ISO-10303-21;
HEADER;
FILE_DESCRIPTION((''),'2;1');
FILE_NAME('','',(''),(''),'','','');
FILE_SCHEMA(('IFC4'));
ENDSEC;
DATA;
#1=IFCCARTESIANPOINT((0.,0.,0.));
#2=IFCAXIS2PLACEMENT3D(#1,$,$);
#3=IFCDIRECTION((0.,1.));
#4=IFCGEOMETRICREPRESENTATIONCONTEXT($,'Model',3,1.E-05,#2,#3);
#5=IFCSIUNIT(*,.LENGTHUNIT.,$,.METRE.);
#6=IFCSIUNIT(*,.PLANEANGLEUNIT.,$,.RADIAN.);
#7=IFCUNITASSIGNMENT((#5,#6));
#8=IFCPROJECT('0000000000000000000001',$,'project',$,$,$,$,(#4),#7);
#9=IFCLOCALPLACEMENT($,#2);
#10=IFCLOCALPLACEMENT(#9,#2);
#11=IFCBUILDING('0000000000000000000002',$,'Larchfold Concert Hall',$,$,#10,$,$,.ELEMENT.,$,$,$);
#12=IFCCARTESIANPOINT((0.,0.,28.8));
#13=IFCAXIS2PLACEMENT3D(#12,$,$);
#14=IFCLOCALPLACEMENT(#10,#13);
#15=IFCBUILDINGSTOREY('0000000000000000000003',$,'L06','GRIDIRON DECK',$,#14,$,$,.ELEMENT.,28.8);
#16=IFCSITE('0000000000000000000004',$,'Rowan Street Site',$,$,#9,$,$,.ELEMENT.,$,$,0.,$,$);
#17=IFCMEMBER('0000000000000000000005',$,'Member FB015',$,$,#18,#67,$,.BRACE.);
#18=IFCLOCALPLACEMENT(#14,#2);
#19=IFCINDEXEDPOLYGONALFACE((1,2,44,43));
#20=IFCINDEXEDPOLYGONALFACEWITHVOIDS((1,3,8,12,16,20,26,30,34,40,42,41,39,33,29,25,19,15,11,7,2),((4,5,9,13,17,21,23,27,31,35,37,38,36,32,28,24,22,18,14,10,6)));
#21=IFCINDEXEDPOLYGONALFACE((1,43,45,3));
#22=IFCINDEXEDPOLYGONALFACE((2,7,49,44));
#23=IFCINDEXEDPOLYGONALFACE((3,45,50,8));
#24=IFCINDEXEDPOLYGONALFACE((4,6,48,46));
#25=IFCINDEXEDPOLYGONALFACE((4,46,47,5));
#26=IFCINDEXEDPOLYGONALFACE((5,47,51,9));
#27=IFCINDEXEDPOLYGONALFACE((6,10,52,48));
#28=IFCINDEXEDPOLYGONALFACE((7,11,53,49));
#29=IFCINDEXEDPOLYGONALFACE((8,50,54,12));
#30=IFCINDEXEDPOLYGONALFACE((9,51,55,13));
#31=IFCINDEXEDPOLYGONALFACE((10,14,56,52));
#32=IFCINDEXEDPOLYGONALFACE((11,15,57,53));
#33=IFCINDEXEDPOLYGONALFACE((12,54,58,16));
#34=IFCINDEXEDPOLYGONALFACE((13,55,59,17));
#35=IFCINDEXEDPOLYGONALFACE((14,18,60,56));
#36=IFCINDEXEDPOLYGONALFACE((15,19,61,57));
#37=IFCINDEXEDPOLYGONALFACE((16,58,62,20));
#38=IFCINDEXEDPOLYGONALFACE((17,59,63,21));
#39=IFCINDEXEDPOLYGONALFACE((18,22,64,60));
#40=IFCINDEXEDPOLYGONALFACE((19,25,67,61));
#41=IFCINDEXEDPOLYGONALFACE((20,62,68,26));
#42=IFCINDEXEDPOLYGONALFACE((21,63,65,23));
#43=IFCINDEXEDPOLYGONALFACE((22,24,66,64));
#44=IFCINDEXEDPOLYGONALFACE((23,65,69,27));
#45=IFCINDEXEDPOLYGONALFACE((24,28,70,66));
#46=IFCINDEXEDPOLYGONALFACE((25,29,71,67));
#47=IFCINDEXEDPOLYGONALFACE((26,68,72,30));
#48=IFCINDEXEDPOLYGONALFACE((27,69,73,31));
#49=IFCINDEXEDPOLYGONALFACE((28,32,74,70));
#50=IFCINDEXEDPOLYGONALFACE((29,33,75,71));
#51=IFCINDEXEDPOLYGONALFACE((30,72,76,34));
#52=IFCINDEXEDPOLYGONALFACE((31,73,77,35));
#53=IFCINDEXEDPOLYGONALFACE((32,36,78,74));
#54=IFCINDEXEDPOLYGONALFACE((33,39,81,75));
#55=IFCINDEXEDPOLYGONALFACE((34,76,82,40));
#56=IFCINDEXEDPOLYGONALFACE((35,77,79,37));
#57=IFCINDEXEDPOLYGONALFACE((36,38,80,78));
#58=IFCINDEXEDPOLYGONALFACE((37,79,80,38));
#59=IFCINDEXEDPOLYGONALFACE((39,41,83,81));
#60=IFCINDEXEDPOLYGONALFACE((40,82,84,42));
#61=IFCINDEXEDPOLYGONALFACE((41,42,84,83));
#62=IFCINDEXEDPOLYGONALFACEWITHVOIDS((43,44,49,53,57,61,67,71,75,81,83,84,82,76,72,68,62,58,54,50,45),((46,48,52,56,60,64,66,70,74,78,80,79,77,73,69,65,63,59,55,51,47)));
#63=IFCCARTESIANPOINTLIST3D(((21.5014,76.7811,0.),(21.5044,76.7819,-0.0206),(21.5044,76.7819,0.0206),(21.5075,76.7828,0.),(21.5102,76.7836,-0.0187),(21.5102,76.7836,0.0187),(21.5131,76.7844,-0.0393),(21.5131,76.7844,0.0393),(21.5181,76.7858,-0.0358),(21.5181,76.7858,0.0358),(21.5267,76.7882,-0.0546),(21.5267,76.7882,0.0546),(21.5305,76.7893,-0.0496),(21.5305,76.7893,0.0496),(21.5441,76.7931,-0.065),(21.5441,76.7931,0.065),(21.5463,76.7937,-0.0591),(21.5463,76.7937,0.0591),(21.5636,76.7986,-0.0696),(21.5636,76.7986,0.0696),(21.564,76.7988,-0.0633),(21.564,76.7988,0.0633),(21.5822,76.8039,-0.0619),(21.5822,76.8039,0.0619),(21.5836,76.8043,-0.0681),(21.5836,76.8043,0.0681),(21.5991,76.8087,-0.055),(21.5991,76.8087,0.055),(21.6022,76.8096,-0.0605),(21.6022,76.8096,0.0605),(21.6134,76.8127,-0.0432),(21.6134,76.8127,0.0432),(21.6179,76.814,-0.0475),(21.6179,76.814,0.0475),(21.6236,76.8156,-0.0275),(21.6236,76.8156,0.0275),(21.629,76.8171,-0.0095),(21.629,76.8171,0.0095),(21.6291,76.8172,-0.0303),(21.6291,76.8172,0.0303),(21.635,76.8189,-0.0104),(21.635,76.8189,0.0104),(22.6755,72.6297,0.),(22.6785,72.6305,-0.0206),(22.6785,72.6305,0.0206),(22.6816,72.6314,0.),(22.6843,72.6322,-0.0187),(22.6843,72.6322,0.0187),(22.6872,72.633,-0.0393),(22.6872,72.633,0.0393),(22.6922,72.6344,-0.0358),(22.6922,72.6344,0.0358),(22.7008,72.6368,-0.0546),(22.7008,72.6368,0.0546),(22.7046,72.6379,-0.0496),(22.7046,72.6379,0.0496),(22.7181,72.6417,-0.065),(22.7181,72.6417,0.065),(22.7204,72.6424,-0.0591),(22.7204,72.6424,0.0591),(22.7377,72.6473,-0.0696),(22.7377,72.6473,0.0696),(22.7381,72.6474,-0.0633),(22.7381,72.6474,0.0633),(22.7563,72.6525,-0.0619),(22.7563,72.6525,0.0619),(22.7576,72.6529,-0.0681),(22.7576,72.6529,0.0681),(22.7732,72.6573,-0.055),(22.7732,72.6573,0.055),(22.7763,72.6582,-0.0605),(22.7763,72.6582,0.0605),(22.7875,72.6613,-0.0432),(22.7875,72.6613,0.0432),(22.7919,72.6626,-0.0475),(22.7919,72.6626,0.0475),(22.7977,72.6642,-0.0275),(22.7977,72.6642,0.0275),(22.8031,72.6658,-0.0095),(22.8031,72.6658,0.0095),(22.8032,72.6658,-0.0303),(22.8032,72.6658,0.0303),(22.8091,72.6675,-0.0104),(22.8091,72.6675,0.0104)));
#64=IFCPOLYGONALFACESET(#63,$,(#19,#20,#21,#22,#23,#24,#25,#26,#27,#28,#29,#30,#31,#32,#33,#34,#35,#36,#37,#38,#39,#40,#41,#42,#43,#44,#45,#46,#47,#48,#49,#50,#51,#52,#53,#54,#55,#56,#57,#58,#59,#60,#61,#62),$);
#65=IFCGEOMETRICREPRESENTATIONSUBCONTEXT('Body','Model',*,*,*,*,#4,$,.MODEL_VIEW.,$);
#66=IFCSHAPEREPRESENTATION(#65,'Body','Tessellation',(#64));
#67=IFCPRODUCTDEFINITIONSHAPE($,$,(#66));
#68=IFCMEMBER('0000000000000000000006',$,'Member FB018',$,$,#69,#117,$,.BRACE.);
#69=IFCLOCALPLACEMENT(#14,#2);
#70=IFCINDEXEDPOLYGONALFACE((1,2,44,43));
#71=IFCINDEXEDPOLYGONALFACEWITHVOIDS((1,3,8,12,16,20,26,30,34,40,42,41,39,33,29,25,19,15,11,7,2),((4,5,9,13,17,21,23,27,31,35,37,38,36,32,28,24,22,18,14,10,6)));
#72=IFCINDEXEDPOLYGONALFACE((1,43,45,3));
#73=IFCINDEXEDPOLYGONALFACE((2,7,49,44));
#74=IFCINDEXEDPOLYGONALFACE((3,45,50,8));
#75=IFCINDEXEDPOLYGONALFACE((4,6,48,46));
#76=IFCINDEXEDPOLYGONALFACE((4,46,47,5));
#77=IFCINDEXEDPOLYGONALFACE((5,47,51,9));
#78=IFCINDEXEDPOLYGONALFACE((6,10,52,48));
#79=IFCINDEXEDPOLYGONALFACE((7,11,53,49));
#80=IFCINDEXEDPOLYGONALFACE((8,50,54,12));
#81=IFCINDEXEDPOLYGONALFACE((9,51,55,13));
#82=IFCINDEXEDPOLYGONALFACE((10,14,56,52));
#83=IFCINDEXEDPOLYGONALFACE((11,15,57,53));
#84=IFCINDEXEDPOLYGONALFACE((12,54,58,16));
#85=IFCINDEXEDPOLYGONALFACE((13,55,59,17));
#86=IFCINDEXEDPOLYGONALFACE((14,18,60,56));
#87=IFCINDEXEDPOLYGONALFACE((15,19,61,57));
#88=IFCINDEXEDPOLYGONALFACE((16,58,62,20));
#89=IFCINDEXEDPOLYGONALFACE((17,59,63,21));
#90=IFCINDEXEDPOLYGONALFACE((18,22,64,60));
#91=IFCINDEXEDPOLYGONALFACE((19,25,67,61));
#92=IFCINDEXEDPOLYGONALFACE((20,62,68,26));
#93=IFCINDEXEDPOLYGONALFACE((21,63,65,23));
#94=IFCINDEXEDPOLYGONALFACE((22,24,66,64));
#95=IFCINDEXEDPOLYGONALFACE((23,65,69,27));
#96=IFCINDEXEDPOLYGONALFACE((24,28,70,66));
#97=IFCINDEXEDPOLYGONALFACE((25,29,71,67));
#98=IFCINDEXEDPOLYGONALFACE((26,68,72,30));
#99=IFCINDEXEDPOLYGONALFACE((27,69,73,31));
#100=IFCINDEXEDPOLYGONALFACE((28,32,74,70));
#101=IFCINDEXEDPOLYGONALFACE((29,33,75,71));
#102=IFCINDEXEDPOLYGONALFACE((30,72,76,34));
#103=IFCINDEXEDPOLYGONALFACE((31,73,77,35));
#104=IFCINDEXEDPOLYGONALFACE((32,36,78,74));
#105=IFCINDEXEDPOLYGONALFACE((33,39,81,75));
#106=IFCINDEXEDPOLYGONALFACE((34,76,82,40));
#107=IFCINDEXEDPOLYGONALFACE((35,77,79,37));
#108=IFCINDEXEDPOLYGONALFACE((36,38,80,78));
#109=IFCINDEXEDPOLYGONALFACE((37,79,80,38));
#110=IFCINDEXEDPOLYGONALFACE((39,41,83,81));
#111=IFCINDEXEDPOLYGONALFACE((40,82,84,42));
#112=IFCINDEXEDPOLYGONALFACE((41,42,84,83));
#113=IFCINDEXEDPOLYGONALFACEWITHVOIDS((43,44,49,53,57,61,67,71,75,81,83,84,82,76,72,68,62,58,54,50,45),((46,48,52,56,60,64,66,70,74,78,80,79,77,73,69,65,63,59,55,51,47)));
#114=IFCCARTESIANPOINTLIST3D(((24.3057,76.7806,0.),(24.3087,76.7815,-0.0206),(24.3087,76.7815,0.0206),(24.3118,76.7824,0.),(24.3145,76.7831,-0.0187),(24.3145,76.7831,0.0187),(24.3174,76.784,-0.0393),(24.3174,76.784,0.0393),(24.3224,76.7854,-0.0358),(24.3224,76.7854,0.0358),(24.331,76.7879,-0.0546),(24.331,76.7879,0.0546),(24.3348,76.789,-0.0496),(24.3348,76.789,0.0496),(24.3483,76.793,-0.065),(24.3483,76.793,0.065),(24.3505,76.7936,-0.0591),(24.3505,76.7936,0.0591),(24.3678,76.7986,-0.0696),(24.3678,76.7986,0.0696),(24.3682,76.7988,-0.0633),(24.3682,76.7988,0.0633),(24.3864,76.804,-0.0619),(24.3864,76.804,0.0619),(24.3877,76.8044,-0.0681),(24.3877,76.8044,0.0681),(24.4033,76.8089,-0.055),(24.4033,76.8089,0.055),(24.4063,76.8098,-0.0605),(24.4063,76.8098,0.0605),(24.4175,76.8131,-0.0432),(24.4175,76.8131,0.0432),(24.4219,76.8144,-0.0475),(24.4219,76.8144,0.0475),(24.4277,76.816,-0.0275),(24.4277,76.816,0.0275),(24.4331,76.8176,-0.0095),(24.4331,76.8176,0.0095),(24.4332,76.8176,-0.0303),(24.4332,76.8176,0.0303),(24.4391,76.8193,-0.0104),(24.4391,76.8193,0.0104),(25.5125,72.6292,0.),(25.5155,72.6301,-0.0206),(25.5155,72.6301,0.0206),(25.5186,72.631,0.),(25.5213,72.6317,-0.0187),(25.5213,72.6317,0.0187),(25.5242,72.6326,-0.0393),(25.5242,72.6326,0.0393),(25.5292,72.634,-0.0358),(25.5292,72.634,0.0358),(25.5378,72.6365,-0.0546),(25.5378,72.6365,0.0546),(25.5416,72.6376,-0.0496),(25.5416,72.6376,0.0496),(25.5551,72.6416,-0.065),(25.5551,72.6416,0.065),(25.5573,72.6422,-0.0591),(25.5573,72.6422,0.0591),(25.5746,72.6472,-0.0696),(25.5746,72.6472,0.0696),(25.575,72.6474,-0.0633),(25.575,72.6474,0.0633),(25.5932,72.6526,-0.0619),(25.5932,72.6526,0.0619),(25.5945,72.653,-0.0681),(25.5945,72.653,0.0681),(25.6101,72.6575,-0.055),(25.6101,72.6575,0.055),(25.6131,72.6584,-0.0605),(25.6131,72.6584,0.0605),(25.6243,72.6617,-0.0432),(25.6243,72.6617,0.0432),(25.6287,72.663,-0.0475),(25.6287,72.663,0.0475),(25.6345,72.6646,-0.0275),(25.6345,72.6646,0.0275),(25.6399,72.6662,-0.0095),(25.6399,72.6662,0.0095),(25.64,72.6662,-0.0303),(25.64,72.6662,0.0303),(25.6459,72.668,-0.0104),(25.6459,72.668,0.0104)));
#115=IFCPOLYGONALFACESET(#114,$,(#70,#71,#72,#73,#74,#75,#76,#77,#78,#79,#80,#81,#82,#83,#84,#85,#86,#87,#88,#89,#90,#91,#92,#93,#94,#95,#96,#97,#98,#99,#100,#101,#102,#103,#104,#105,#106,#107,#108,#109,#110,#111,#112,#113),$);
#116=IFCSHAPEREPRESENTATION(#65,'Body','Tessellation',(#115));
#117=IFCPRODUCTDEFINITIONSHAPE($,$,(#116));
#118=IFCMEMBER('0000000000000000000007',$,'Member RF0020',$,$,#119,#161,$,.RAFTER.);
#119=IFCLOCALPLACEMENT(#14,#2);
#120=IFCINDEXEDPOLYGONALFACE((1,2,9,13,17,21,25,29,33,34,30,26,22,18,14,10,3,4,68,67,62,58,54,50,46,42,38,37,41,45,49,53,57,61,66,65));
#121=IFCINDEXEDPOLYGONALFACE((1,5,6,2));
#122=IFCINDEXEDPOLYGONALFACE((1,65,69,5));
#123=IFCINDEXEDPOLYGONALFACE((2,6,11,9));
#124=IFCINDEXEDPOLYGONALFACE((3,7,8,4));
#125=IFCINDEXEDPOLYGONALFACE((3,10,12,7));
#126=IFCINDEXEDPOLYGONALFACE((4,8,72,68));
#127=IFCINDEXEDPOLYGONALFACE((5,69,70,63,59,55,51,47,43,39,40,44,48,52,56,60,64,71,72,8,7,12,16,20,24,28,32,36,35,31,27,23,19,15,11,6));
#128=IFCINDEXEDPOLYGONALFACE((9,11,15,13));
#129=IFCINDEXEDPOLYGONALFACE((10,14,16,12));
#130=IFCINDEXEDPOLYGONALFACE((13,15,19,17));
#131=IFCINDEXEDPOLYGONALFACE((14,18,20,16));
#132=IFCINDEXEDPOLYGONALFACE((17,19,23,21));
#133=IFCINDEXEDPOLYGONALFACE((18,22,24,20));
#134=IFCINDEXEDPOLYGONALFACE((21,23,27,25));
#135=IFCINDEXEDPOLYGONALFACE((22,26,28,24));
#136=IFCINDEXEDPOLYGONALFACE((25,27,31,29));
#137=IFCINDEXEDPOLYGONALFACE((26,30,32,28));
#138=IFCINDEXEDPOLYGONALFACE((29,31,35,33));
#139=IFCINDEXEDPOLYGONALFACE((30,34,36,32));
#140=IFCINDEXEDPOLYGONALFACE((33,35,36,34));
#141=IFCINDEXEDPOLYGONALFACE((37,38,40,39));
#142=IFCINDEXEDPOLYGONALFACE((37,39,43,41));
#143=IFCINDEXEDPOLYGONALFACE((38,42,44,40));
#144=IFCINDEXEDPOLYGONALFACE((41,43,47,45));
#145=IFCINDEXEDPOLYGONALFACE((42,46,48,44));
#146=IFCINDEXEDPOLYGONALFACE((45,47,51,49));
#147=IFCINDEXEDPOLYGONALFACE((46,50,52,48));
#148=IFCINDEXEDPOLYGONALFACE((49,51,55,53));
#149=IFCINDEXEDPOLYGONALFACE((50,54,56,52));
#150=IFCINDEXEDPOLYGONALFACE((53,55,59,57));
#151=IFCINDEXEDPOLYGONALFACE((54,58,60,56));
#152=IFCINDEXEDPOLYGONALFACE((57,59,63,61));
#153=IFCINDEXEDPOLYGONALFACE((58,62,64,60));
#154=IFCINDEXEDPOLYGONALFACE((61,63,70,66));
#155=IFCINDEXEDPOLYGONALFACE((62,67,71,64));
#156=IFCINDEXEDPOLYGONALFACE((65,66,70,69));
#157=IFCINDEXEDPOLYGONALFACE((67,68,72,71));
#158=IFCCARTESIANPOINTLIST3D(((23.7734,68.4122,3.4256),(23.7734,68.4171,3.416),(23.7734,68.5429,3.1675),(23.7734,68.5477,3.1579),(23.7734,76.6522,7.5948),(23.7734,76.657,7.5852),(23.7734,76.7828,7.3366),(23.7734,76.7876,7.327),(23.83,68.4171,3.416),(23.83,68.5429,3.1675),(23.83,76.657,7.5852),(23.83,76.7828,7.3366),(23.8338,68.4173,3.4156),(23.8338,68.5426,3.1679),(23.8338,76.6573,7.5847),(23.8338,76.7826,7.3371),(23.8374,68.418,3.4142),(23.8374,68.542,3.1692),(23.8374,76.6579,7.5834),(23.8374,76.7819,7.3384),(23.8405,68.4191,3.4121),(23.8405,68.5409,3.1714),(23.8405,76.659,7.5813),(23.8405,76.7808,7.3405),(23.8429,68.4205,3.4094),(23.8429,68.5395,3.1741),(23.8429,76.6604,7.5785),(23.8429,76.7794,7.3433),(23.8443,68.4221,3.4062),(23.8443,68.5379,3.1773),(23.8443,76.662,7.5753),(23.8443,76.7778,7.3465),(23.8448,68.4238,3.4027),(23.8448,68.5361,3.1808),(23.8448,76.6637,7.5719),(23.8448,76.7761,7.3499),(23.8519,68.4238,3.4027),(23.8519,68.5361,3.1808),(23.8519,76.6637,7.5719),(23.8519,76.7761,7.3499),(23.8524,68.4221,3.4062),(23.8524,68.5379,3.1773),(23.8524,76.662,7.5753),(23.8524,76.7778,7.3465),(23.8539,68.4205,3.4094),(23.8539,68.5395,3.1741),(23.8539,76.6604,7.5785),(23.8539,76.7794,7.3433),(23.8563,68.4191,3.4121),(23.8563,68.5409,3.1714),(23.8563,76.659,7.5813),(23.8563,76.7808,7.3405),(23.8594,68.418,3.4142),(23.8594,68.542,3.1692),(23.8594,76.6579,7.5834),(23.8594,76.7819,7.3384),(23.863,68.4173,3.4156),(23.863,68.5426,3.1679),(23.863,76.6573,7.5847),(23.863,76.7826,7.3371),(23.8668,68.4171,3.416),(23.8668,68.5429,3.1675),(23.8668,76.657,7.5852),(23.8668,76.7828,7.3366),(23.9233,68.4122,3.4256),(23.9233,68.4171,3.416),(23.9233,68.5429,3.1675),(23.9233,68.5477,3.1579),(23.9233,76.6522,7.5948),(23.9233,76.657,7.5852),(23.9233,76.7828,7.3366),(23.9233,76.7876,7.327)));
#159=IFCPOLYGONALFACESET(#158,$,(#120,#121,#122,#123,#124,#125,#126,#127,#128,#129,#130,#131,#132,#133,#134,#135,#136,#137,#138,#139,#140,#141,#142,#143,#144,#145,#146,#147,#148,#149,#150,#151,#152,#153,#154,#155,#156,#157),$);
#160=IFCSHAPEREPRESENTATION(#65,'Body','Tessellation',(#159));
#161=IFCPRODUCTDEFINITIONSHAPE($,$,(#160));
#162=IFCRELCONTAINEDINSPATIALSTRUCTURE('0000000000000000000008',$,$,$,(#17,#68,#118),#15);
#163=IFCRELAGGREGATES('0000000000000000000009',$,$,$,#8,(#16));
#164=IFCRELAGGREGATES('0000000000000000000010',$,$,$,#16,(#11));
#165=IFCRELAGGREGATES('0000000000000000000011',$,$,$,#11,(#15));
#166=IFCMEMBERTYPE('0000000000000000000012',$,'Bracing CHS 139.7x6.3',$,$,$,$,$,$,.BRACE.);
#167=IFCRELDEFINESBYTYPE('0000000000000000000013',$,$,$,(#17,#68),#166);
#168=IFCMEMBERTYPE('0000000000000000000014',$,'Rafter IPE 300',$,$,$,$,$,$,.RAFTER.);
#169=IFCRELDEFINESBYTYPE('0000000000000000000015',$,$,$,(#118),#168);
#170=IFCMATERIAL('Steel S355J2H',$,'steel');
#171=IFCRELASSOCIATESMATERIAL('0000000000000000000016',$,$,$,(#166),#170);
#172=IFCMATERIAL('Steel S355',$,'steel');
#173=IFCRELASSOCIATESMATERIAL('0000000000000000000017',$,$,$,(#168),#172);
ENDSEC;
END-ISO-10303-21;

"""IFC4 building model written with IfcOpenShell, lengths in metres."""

from ifc_helpers import new_model, si_unit, direction, frame, origin, origin_2d, place, context, subcontext, project, spatial, hollow_circle, i_section, extrude, material, material_profile, profile_set, type_object, element, save


model = new_model("IFC4")

# Units and contexts
model_context = context("Model", 3, precision=1e-05, world=origin(), true_north=direction((0.0, 1.0)))
body_context = subcontext(model_context, "Body", "Model", "MODEL_VIEW")
ifc_project = project(units=[si_unit("LENGTHUNIT", "METRE"), si_unit("PLANEANGLEUNIT", "RADIAN")], contexts=[model_context])

# Site, building, storey
site_placement = place(None, origin())
site = spatial("IfcSite", under=ifc_project, at=site_placement, Name="Rowan Street Site", CompositionType="ELEMENT", RefElevation=0.0)
building_placement = place(site_placement, origin())
building = spatial("IfcBuilding", under=site, at=building_placement, Name="Larchfold Concert Hall", CompositionType="ELEMENT")
storey_placement = place(building_placement, frame((0.0, 0.0, 28.8)))
storey = spatial("IfcBuildingStorey", under=building, at=storey_placement, Name="L06", Description="GRIDIRON DECK", CompositionType="ELEMENT", Elevation=28.8)

# Members
ifc_material_1 = material(Name="Steel S355J2H", Category="steel")
ifc_material_profile_1 = material_profile(ifc_material_1, hollow_circle(Radius=0.0698, WallThickness=0.0063, at=origin_2d()))
ifc_profile_set_1 = profile_set([ifc_material_profile_1], Name="Steel S355J2H")
member_type_1 = type_object("IfcMemberType", Name="Bracing CHS 139.7x6.3", PredefinedType="BRACE", material=ifc_profile_set_1)
member_1_placement = place(storey_placement, frame((22.7427, 72.6487, 0.0), z_axis=(-0.272142, 0.962257, 0.0), x_axis=(-0.962257, -0.272142, 0.0)))
element("IfcMember", 1, at=member_1_placement, inside=storey, type_object=member_type_1, Name="Member FB015", PredefinedType="BRACE", context=body_context, shape_type="SweptSolid", body=[
    extrude(hollow_circle(Radius=0.0698, WallThickness=0.0063, at=origin_2d()), origin(), (0.0, 0.0, 1.0), 4.3142),
])
member_2_placement = place(storey_placement, frame((25.5796, 72.6487, 0.0), z_axis=(-0.279141, 0.96025, 0.0), x_axis=(-0.96025, -0.279141, 0.0)))
element("IfcMember", 2, at=member_2_placement, inside=storey, type_object=member_type_1, Name="Member FB018", PredefinedType="BRACE", context=body_context, shape_type="SweptSolid", body=[
    extrude(hollow_circle(Radius=0.0698, WallThickness=0.0063, at=origin_2d()), origin(), (0.0, 0.0, 1.0), 4.3232),
])
ifc_material_2 = material(Name="Steel S355", Category="steel")
ifc_material_profile_2 = material_profile(ifc_material_2, i_section(OverallWidth=0.1499, OverallDepth=0.3, WebThickness=0.0071, FlangeThickness=0.0107, FilletRadius=0.0149, at=origin_2d()))
ifc_profile_set_2 = profile_set([ifc_material_profile_2], Name="Steel S355")
member_type_2 = type_object("IfcMemberType", Name="Rafter IPE 300", PredefinedType="RAFTER", material=ifc_profile_set_2)
for number, where, z_axis, x_axis, name in (
    (3, (23.8484, 68.48, 3.2917), (0.0, 0.892286, 0.45147), (-1.0, 0.0, 0.0), "Member RF0020"),
):
    element("IfcMember", number, at=place(storey_placement, frame(where, z_axis=z_axis, x_axis=x_axis)), inside=storey, type_object=member_type_2, Name=name, PredefinedType="RAFTER", context=body_context, shape_type="SweptSolid", body=[
        extrude(i_section(OverallWidth=0.1499, OverallDepth=0.3, WebThickness=0.0071, FlangeThickness=0.0107, FilletRadius=0.0149, at=origin_2d()), origin(), (0.0, 0.0, 1.0), 9.2346),
    ])

save(model, "model.ifc")
